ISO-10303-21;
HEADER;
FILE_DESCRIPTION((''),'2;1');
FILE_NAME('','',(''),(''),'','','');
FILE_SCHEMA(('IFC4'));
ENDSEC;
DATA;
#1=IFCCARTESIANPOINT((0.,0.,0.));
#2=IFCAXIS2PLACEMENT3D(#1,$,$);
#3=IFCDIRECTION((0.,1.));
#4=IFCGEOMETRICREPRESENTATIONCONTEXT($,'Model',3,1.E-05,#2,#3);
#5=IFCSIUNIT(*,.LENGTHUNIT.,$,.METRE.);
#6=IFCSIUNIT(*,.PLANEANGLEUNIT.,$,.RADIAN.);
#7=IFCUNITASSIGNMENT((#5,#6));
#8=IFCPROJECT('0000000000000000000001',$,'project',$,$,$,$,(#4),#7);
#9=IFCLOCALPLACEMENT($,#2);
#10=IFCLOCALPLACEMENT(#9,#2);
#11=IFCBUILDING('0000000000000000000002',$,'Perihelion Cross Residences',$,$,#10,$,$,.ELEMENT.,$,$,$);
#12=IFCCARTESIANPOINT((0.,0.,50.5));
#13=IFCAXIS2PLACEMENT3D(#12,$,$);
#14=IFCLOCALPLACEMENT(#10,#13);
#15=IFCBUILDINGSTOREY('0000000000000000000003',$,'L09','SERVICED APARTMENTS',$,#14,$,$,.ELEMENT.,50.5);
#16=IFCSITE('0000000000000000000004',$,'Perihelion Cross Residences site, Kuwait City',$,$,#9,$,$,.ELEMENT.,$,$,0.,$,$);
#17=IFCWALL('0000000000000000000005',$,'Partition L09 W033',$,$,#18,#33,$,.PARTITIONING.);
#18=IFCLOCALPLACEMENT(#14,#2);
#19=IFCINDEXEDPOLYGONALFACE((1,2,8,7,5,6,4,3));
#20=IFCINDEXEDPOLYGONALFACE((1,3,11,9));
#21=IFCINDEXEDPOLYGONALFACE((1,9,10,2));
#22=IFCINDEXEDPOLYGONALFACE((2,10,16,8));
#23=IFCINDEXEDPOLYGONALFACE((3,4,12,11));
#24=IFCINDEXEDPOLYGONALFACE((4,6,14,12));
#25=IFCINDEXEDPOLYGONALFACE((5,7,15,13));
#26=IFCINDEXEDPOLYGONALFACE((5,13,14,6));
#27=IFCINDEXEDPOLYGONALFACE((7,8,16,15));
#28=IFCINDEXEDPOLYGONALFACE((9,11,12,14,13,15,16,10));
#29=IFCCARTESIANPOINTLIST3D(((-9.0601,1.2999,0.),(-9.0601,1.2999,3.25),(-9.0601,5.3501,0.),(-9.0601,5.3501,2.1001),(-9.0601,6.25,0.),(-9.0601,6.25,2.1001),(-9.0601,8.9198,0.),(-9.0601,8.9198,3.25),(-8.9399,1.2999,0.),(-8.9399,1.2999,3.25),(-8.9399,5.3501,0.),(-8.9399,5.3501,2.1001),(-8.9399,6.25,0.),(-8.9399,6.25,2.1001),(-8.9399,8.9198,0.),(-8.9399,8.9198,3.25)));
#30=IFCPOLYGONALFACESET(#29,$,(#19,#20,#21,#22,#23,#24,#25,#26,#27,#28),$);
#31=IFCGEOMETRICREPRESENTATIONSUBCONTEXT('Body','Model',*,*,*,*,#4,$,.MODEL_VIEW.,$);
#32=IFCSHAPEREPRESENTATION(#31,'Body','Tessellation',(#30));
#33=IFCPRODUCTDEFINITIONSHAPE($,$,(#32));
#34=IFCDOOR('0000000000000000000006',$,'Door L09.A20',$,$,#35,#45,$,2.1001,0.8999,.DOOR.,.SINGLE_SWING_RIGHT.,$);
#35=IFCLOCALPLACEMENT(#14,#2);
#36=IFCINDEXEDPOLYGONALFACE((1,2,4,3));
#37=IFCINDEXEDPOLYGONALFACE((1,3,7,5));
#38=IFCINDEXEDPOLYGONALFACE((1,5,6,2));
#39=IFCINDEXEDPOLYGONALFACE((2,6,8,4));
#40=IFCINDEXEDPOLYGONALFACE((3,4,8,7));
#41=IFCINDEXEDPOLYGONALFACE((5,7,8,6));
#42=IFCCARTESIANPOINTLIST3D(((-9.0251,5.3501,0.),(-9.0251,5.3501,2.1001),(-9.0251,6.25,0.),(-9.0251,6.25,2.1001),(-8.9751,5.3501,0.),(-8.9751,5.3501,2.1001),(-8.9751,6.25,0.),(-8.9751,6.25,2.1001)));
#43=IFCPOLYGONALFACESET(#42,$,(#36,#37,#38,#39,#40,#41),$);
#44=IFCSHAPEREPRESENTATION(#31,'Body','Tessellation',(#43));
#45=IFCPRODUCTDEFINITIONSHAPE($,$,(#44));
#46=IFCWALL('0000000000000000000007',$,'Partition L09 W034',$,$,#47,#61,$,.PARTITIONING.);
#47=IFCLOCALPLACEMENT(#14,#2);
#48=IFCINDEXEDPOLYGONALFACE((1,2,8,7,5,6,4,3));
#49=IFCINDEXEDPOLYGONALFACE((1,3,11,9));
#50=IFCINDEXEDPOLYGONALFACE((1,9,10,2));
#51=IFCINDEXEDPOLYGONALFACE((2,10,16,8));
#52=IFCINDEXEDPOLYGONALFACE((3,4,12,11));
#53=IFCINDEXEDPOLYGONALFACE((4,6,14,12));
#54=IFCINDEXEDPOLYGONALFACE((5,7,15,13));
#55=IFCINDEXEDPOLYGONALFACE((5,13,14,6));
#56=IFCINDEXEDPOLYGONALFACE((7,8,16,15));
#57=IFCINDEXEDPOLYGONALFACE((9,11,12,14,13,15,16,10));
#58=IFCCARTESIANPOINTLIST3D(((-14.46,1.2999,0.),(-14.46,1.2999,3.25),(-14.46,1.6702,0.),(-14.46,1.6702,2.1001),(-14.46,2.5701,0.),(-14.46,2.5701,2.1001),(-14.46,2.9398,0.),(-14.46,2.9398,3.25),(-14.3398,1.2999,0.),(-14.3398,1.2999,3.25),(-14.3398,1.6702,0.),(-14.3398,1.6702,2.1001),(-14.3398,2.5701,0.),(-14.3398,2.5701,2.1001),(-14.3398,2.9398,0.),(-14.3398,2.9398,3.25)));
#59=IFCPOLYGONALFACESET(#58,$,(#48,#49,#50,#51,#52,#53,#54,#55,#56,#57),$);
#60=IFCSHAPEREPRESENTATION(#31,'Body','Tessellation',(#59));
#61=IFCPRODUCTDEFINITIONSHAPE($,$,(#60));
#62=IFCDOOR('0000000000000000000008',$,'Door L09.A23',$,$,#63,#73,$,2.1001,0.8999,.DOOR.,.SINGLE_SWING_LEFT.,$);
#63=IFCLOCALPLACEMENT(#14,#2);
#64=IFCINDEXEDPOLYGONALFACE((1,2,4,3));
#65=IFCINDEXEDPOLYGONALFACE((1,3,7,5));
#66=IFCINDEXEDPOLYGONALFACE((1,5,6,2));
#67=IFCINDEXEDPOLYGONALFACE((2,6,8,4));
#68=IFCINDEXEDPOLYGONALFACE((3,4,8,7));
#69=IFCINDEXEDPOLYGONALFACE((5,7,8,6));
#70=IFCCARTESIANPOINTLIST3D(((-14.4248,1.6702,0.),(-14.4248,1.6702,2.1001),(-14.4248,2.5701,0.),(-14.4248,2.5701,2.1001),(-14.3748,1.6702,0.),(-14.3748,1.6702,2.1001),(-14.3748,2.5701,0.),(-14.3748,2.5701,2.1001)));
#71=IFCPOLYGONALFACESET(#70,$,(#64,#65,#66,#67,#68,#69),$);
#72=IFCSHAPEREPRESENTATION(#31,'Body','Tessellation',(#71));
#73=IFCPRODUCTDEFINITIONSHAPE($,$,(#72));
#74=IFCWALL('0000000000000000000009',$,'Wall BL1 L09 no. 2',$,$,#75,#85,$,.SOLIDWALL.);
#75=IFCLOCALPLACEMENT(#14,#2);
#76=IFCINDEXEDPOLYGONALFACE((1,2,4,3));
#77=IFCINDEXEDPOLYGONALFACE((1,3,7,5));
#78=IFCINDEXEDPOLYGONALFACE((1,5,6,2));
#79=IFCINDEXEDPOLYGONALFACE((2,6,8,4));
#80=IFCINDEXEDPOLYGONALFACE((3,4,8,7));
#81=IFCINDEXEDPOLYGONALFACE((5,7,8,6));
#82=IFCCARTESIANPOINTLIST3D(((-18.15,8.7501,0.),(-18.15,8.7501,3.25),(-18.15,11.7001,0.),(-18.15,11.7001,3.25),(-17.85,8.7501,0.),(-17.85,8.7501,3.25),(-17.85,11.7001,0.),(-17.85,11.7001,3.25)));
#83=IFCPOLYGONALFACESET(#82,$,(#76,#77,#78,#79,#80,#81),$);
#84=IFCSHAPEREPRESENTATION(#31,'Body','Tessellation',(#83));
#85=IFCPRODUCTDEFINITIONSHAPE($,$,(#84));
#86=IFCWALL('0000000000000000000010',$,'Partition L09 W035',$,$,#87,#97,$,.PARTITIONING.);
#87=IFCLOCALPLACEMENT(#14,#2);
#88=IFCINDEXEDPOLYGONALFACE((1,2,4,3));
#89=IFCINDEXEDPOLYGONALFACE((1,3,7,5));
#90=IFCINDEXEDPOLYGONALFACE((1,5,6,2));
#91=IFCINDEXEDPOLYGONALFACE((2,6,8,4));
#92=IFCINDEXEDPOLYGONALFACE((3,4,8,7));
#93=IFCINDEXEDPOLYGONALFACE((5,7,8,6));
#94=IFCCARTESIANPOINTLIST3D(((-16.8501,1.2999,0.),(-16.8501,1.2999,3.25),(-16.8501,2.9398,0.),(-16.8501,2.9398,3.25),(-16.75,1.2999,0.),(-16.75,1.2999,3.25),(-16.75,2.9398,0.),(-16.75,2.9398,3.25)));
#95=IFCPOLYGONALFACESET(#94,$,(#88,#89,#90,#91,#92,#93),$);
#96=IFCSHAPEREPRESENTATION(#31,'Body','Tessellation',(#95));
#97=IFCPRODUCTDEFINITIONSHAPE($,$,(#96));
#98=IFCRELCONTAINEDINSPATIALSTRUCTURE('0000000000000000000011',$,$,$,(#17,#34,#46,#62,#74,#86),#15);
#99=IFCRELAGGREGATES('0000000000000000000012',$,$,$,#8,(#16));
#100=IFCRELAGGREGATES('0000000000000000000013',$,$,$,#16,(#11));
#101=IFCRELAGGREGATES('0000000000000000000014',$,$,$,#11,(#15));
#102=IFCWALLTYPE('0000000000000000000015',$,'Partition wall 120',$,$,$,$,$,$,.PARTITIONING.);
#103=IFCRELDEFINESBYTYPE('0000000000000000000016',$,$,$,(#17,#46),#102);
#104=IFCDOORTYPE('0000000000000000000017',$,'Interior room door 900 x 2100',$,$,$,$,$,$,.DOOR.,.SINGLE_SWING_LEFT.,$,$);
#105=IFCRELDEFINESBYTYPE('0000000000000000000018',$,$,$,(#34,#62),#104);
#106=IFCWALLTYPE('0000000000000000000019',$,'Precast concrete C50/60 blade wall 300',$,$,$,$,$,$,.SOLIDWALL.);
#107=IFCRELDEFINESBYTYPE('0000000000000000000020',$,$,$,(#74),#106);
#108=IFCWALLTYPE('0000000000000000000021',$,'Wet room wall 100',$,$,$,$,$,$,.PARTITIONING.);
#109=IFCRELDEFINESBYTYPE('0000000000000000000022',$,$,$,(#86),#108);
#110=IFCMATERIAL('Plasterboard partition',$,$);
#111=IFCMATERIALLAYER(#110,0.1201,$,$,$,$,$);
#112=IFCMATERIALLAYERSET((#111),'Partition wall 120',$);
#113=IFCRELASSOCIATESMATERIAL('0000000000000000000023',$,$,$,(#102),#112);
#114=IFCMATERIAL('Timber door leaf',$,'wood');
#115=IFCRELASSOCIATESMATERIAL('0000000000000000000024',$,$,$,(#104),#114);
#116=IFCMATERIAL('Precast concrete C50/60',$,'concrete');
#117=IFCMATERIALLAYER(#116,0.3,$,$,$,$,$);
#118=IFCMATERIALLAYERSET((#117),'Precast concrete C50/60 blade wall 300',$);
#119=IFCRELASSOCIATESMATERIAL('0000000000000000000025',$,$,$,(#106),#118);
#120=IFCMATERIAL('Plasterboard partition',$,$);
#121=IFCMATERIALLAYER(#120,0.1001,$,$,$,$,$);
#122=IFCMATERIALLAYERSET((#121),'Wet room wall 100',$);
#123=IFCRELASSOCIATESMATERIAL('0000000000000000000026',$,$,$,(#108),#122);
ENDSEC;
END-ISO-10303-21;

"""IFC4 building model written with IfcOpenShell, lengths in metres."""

from ifc_helpers import new_model, si_unit, direction, frame, frame_2d, origin, place, context, subcontext, project, spatial, rectangle, extrude, material, layer, layer_set, type_object, element, fill, save


model = new_model("IFC4")

# Units and contexts
model_context = context("Model", 3, precision=1e-05, world=origin(), true_north=direction((0.0, 1.0)))
body_context = subcontext(model_context, "Body", "Model", "MODEL_VIEW")
ifc_project = project(units=[si_unit("LENGTHUNIT", "METRE"), si_unit("PLANEANGLEUNIT", "RADIAN")], contexts=[model_context])

# Site, building, storey
site_placement = place(None, origin())
site = spatial("IfcSite", under=ifc_project, at=site_placement, Name="Perihelion Cross Residences site, Kuwait City", CompositionType="ELEMENT", RefElevation=0.0)
building_placement = place(site_placement, origin())
building = spatial("IfcBuilding", under=site, at=building_placement, Name="Perihelion Cross Residences", CompositionType="ELEMENT")
storey_placement = place(building_placement, frame((0.0, 0.0, 50.5)))
storey = spatial("IfcBuildingStorey", under=building, at=storey_placement, Name="L09", Description="SERVICED APARTMENTS", CompositionType="ELEMENT", Elevation=50.5)

# Walls, openings, doors
ifc_material_1 = material(Name="Plasterboard partition")
ifc_layer_1 = layer(ifc_material_1, 0.1201)
ifc_layer_set_1 = layer_set([ifc_layer_1], Name="Partition wall 120")
wall_type_1 = type_object("IfcWallType", Name="Partition wall 120", PredefinedType="PARTITIONING", material=ifc_layer_set_1)
ifc_material_2 = material(Name="Timber door leaf", Category="wood")
door_type_1 = type_object("IfcDoorType", Name="Interior room door 900 x 2100", OperationType="SINGLE_SWING_LEFT", PredefinedType="DOOR", material=ifc_material_2)
wall_1_placement = place(storey_placement, frame((-9.0, 8.9199, 0.0), z_axis=(0.0, 0.0, 1.0), x_axis=(0.0, -1.0, 0.0)))
wall_1 = element("IfcWall", 1, at=wall_1_placement, inside=storey, type_object=wall_type_1, Name="Partition L09 W033", PredefinedType="PARTITIONING", context=body_context, shape_type="SweptSolid", body=[
    extrude(rectangle(XDim=7.6199, YDim=0.1201, at=frame_2d((3.8101, 0.0))), origin(), (0.0, 0.0, 1.0), 3.25),
])
opening_1_placement = place(wall_1_placement, frame((2.6699, 0.0, 0.0)))
opening_1 = element("IfcOpeningElement", 2, at=opening_1_placement, cuts=wall_1, PredefinedType="OPENING", context=body_context, shape_type="SweptSolid", body=[
    extrude(rectangle(XDim=0.8999, YDim=2.1001, at=frame_2d((0.45, 1.05))), frame((0.0, 0.0701, 0.0), z_axis=(0.0, -1.0, 0.0), x_axis=(1.0, 0.0, 0.0)), (0.0, 0.0, 1.0), 0.1401),
])
door_1_placement = place(opening_1_placement, origin())
door_1 = element("IfcDoor", 3, at=door_1_placement, inside=storey, type_object=door_type_1, Name="Door L09.A20", OperationType="SINGLE_SWING_RIGHT", OverallHeight=2.1001, OverallWidth=0.8999, PredefinedType="DOOR", context=body_context, shape_type="SweptSolid", body=[
    extrude(rectangle(XDim=0.8999, YDim=2.1001, at=frame_2d((0.45, 1.05))), frame((0.0, 0.0249, 0.0), z_axis=(0.0, -1.0, 0.0), x_axis=(1.0, 0.0, 0.0)), (0.0, 0.0, 1.0), 0.05),
])
fill(opening_1, door_1)
wall_2_placement = place(storey_placement, frame((-14.3999, 1.3, 0.0), z_axis=(0.0, 0.0, 1.0), x_axis=(0.0, 1.0, 0.0)))
wall_2 = element("IfcWall", 4, at=wall_2_placement, inside=storey, type_object=wall_type_1, Name="Partition L09 W034", PredefinedType="PARTITIONING", context=body_context, shape_type="SweptSolid", body=[
    extrude(rectangle(XDim=1.6399, YDim=0.1201, at=frame_2d((0.8198, 0.0))), origin(), (0.0, 0.0, 1.0), 3.25),
])
opening_2_placement = place(wall_2_placement, frame((0.3701, 0.0, 0.0)))
opening_2 = element("IfcOpeningElement", 5, at=opening_2_placement, cuts=wall_2, PredefinedType="OPENING", context=body_context, shape_type="SweptSolid", body=[
    extrude(rectangle(XDim=0.8999, YDim=2.1001, at=frame_2d((0.45, 1.05))), frame((0.0, 0.0701, 0.0), z_axis=(0.0, -1.0, 0.0), x_axis=(1.0, 0.0, 0.0)), (0.0, 0.0, 1.0), 0.1401),
])
door_2_placement = place(opening_2_placement, origin())
door_2 = element("IfcDoor", 6, at=door_2_placement, inside=storey, type_object=door_type_1, Name="Door L09.A23", OperationType="SINGLE_SWING_LEFT", OverallHeight=2.1001, OverallWidth=0.8999, PredefinedType="DOOR", context=body_context, shape_type="SweptSolid", body=[
    extrude(rectangle(XDim=0.8999, YDim=2.1001, at=frame_2d((0.45, 1.05))), frame((0.0, 0.0249, 0.0), z_axis=(0.0, -1.0, 0.0), x_axis=(1.0, 0.0, 0.0)), (0.0, 0.0, 1.0), 0.05),
])
fill(opening_2, door_2)

# Walls
ifc_material_3 = material(Name="Precast concrete C50/60", Category="concrete")
ifc_layer_2 = layer(ifc_material_3, 0.3)
ifc_layer_set_2 = layer_set([ifc_layer_2], Name="Precast concrete C50/60 blade wall 300")
wall_type_2 = type_object("IfcWallType", Name="Precast concrete C50/60 blade wall 300", PredefinedType="SOLIDWALL", material=ifc_layer_set_2)
wall_3_placement = place(storey_placement, frame((-18.0, 8.75, 0.0), z_axis=(0.0, 0.0, 1.0), x_axis=(0.0, 1.0, 0.0)))
element("IfcWall", 7, at=wall_3_placement, inside=storey, type_object=wall_type_2, Name="Wall BL1 L09 no. 2", PredefinedType="SOLIDWALL", context=body_context, shape_type="SweptSolid", body=[
    extrude(rectangle(XDim=2.95, YDim=0.3, at=frame_2d((1.4751, 0.0))), origin(), (0.0, 0.0, 1.0), 3.25),
])
ifc_material_4 = material(Name="Plasterboard partition")
ifc_layer_3 = layer(ifc_material_4, 0.1001)
ifc_layer_set_3 = layer_set([ifc_layer_3], Name="Wet room wall 100")
wall_type_3 = type_object("IfcWallType", Name="Wet room wall 100", PredefinedType="PARTITIONING", material=ifc_layer_set_3)
wall_4_placement = place(storey_placement, frame((-16.8, 1.3, 0.0), z_axis=(0.0, 0.0, 1.0), x_axis=(0.0, 1.0, 0.0)))
element("IfcWall", 8, at=wall_4_placement, inside=storey, type_object=wall_type_3, Name="Partition L09 W035", PredefinedType="PARTITIONING", context=body_context, shape_type="SweptSolid", body=[
    extrude(rectangle(XDim=1.6399, YDim=0.1001, at=frame_2d((0.8198, 0.0))), origin(), (0.0, 0.0, 1.0), 3.25),
])

save(model, "model.ifc")
